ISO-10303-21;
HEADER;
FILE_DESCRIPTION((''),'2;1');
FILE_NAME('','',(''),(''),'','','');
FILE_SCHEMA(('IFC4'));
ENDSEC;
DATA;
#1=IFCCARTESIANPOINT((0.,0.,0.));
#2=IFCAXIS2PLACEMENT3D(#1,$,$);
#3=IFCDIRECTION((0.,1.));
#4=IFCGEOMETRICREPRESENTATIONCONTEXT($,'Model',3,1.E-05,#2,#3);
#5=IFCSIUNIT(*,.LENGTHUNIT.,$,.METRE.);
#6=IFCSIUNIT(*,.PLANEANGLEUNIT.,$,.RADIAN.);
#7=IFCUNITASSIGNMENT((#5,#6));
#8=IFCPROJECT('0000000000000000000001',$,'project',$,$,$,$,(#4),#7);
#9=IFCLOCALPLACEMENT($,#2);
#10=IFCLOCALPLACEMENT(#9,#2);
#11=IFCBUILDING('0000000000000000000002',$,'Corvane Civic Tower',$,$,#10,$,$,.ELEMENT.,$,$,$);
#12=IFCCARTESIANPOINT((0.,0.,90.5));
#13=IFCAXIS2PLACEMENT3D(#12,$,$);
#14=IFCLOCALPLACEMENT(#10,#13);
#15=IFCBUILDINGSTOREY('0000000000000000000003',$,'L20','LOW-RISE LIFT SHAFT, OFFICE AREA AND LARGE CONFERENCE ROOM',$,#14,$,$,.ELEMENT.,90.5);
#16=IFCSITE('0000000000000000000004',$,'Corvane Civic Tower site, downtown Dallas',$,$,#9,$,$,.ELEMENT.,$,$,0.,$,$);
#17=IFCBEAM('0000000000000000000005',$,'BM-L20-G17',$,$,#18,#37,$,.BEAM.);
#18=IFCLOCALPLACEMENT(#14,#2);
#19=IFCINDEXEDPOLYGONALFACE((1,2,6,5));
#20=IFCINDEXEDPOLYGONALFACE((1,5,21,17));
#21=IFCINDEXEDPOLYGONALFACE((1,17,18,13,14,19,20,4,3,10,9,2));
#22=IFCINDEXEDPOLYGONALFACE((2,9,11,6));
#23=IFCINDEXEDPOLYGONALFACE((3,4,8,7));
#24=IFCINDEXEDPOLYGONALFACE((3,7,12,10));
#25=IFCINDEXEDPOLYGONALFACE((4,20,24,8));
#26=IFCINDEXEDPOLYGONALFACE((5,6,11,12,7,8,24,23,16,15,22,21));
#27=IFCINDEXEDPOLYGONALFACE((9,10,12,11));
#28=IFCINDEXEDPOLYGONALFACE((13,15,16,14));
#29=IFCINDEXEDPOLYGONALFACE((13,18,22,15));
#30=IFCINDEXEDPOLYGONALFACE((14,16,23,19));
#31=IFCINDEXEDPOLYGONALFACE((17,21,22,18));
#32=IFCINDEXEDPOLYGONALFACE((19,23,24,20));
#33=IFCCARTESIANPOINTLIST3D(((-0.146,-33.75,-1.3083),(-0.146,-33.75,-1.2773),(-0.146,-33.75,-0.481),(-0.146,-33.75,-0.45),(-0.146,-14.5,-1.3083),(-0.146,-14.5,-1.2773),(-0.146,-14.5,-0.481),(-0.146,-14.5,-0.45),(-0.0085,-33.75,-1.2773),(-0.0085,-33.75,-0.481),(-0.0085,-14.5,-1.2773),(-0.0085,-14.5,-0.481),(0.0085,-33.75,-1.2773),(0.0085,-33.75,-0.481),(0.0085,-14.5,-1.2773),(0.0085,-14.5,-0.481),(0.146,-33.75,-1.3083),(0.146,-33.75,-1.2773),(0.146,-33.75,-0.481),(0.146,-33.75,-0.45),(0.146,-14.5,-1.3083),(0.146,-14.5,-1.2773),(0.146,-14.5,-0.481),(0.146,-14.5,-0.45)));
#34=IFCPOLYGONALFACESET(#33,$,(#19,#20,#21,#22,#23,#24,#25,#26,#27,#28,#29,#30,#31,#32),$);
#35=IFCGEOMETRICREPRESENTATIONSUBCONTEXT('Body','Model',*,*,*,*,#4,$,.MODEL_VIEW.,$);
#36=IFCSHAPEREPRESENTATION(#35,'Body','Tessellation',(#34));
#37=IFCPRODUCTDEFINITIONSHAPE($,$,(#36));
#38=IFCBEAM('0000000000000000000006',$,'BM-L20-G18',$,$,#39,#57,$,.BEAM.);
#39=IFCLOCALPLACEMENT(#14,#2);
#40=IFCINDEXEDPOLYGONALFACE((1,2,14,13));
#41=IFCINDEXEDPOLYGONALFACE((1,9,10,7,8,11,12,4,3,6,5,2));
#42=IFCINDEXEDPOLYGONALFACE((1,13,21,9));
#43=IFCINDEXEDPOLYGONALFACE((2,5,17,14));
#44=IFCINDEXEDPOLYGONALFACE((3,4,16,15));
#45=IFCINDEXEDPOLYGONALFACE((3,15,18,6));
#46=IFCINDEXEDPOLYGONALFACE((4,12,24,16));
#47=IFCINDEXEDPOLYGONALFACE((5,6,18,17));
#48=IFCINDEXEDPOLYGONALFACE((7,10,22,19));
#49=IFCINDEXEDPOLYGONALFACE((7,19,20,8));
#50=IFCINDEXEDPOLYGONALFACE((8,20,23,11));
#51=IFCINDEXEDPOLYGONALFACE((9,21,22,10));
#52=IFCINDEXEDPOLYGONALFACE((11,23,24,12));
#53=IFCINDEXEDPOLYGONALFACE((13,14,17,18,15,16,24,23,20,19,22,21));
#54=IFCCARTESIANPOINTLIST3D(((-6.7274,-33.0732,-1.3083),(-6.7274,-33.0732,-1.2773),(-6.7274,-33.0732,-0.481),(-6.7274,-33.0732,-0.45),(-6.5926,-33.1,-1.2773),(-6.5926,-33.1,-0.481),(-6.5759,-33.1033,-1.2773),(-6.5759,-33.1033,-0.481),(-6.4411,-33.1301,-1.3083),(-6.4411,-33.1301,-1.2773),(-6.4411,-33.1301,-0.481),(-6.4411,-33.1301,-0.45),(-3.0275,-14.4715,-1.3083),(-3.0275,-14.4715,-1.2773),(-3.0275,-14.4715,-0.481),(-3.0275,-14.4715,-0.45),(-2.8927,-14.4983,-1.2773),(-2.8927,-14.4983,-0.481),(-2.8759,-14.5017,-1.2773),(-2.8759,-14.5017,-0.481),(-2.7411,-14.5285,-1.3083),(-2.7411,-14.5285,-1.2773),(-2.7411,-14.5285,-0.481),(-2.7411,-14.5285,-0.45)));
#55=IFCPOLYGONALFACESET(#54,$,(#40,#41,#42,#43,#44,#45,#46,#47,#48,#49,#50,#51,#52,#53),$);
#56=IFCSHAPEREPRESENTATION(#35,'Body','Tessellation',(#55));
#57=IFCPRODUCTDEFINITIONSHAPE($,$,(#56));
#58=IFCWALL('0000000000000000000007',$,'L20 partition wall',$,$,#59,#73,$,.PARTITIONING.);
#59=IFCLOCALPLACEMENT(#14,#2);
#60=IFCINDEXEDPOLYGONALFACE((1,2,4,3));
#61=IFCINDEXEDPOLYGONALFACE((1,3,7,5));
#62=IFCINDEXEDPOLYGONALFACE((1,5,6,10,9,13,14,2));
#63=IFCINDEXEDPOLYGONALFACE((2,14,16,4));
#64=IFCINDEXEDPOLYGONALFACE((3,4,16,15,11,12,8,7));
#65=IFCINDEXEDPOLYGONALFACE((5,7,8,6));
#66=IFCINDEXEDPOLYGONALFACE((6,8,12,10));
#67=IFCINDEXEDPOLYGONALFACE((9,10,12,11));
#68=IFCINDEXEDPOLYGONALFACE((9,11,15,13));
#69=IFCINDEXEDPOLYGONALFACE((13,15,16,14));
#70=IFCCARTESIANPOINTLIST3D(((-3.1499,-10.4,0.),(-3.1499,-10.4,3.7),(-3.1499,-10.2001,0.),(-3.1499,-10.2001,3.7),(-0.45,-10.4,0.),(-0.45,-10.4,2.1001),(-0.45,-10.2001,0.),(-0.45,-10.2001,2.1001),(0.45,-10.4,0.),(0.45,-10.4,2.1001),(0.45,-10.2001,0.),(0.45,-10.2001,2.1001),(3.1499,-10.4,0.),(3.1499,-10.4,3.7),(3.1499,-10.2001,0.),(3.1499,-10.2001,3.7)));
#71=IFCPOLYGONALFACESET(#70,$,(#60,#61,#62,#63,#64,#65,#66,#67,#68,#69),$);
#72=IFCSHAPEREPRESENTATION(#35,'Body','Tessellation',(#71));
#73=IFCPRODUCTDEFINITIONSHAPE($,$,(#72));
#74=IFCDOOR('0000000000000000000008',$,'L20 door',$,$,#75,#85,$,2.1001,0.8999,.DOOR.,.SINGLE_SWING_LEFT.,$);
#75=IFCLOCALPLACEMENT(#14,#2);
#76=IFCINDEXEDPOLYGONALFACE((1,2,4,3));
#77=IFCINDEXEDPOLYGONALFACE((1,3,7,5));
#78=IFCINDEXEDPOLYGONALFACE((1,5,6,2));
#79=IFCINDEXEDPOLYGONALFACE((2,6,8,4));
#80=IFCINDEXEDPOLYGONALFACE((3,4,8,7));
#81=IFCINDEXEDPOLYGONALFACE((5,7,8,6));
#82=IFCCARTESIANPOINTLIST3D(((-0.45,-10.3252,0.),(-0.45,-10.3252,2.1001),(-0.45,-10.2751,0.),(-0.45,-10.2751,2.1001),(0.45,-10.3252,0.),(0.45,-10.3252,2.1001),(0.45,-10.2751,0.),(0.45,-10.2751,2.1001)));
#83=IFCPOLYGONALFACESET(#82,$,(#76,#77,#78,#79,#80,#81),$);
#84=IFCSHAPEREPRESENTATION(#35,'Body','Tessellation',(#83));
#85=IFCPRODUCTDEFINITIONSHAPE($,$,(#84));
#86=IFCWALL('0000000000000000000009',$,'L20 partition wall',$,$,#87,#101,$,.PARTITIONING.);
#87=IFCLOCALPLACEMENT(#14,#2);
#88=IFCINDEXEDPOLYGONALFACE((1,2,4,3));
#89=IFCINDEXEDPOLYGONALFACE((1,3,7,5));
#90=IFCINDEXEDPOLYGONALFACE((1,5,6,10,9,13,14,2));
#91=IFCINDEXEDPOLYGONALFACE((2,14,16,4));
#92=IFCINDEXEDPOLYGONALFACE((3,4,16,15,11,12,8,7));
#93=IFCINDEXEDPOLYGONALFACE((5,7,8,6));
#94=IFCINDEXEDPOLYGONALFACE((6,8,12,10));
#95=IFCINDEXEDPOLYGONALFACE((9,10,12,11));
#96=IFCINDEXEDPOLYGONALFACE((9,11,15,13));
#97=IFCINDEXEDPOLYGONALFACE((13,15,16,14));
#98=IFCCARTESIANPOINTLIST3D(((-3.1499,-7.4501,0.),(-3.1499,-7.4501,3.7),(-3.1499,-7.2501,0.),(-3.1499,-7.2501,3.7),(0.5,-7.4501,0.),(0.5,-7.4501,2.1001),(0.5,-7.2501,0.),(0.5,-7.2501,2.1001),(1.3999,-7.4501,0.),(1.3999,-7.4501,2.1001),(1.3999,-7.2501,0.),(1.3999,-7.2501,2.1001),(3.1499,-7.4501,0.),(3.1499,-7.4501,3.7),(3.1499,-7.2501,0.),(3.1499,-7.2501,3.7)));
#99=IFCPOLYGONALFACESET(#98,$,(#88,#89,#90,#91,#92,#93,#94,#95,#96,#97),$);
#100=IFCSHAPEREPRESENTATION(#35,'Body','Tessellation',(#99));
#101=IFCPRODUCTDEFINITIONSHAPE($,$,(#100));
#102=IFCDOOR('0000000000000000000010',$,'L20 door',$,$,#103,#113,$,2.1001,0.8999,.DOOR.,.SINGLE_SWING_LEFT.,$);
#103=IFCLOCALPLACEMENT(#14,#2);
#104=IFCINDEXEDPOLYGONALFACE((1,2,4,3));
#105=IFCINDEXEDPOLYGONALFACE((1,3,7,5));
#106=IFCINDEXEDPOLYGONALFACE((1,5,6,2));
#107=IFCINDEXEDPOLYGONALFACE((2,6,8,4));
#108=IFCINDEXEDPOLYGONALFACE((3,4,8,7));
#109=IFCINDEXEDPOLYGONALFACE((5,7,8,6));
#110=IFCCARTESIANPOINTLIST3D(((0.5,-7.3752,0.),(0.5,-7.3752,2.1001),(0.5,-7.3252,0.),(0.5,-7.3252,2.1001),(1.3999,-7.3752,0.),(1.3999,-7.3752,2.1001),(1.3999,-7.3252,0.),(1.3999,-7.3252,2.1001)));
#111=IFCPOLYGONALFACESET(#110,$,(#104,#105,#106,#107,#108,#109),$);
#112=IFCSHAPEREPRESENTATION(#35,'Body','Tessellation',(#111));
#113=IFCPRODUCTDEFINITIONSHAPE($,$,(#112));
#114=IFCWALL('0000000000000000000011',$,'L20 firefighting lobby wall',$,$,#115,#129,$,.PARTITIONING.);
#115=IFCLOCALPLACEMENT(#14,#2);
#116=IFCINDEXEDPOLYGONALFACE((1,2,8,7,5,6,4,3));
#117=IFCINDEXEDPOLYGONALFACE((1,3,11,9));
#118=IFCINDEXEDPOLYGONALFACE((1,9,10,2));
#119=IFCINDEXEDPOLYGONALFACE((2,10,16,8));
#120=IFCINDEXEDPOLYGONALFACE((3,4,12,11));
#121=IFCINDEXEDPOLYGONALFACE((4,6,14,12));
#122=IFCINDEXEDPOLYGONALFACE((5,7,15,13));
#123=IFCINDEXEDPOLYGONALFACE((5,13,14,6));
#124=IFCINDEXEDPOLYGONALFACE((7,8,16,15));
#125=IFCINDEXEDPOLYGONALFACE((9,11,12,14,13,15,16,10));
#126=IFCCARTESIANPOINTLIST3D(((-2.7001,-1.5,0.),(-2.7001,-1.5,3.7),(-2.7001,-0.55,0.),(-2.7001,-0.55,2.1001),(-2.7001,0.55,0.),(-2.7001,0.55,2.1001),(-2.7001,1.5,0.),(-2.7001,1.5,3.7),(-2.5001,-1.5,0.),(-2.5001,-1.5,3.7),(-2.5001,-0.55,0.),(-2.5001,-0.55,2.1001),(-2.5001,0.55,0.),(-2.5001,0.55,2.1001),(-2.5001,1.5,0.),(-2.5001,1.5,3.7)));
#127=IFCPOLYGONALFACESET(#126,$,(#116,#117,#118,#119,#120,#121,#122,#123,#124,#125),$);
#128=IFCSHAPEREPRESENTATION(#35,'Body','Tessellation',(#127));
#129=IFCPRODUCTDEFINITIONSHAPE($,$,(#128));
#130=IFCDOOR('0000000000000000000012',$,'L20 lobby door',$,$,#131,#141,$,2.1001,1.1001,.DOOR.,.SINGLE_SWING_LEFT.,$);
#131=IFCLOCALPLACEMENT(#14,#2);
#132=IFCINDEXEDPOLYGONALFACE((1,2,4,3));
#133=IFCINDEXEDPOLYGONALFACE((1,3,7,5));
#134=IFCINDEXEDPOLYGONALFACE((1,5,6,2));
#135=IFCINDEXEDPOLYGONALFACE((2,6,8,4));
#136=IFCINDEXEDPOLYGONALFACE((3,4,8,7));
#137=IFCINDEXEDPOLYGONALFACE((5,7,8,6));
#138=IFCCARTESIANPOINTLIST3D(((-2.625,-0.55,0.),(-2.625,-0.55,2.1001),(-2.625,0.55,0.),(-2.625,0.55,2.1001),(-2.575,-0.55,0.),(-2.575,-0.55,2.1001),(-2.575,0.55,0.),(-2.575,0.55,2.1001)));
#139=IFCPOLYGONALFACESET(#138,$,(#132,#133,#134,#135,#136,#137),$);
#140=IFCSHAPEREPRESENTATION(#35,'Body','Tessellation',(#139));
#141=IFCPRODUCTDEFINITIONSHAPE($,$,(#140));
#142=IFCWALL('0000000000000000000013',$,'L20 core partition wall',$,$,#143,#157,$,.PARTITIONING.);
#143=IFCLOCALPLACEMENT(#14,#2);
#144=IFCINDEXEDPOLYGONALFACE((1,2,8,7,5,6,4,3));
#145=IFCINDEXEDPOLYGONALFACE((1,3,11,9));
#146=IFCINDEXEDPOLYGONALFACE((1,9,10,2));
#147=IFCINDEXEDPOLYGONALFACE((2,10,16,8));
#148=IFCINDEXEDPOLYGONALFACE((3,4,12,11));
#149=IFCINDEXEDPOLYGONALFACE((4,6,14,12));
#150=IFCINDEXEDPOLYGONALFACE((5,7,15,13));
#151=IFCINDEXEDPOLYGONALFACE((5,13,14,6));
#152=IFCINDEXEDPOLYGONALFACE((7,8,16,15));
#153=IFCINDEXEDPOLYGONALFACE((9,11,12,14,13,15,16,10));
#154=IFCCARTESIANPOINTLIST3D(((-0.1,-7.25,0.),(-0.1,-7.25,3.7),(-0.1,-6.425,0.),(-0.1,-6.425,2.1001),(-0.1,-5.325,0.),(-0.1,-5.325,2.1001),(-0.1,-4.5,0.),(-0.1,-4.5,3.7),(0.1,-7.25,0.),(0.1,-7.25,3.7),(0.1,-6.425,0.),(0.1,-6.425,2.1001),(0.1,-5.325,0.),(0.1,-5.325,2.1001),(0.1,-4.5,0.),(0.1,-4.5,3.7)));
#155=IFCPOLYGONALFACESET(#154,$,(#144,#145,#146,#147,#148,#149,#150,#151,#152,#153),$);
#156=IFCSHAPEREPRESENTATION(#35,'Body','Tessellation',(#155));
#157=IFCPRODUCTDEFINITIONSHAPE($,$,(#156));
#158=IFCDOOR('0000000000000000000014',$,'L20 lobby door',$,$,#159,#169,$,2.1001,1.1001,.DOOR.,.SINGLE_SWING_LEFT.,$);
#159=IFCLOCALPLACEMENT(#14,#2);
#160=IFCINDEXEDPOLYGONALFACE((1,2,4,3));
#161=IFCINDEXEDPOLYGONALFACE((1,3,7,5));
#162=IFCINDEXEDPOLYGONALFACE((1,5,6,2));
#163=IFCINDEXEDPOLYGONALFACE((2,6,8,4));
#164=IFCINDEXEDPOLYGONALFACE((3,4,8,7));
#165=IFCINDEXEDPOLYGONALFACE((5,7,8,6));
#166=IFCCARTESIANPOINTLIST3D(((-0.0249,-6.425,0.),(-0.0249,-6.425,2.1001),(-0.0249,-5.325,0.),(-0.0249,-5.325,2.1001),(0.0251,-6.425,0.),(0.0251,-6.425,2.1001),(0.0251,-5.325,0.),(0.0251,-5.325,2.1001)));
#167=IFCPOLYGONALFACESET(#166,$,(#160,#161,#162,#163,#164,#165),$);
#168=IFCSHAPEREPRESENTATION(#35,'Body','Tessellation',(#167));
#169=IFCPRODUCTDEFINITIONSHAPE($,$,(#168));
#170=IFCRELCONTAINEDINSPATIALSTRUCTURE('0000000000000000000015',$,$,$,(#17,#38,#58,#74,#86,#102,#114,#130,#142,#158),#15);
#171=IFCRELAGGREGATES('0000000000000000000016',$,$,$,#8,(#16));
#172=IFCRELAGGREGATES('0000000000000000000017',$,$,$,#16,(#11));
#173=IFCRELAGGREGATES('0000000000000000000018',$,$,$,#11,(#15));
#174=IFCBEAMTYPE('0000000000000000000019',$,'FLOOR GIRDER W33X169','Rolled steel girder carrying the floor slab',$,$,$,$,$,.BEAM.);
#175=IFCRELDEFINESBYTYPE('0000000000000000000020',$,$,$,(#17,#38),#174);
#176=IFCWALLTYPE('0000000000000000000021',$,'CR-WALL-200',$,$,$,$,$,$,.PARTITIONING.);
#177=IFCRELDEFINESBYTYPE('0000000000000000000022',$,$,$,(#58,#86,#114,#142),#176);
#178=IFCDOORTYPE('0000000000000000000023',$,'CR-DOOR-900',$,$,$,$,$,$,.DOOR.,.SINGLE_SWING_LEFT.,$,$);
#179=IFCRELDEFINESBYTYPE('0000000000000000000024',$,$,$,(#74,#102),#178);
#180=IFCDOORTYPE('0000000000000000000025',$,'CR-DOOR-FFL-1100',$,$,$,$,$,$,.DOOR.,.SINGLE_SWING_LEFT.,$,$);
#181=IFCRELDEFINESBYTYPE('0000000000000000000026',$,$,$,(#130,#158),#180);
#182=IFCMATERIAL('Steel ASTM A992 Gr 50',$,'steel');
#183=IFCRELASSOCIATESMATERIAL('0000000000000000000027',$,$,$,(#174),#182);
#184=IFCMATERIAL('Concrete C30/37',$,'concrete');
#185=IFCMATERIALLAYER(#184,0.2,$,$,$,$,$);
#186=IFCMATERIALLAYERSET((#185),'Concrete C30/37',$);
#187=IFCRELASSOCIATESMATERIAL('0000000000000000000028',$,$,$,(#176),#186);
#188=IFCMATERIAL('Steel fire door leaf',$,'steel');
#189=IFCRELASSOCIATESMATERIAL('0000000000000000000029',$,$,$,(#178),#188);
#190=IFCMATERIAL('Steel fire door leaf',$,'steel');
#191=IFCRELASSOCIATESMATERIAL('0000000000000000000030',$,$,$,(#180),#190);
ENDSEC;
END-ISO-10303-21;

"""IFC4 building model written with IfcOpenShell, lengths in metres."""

from ifc_helpers import new_model, si_unit, direction, frame, frame_2d, origin, origin_2d, place, context, subcontext, project, spatial, rectangle, i_section, extrude, material, layer, layer_set, material_profile, profile_set, type_object, element, fill, save


model = new_model("IFC4")

# Units and contexts
model_context = context("Model", 3, precision=1e-05, world=origin(), true_north=direction((0.0, 1.0)))
body_context = subcontext(model_context, "Body", "Model", "MODEL_VIEW")
ifc_project = project(units=[si_unit("LENGTHUNIT", "METRE"), si_unit("PLANEANGLEUNIT", "RADIAN")], contexts=[model_context])

# Site, building, storey
site_placement = place(None, origin())
site = spatial("IfcSite", under=ifc_project, at=site_placement, Name="Corvane Civic Tower site, downtown Dallas", CompositionType="ELEMENT", RefElevation=0.0)
building_placement = place(site_placement, origin())
building = spatial("IfcBuilding", under=site, at=building_placement, Name="Corvane Civic Tower", CompositionType="ELEMENT")
storey_placement = place(building_placement, frame((0.0, 0.0, 90.5)))
storey = spatial("IfcBuildingStorey", under=building, at=storey_placement, Name="L20", Description="LOW-RISE LIFT SHAFT, OFFICE AREA AND LARGE CONFERENCE ROOM", CompositionType="ELEMENT", Elevation=90.5)

# Beams
ifc_material_1 = material(Name="Steel ASTM A992 Gr 50", Category="steel")
ifc_material_profile = material_profile(ifc_material_1, i_section(OverallWidth=0.292, OverallDepth=0.8584, WebThickness=0.0171, FlangeThickness=0.031, at=origin_2d()), Name="W33X169")
ifc_profile_set = profile_set([ifc_material_profile], Name="Steel ASTM A992 Gr 50")
beam_type = type_object("IfcBeamType", Name="FLOOR GIRDER W33X169", Description="Rolled steel girder carrying the floor slab", PredefinedType="BEAM", material=ifc_profile_set)
beam_1_placement = place(storey_placement, frame((0.0, -14.5, -0.8792), z_axis=(0.0, -1.0, 0.0), x_axis=(1.0, 0.0, 0.0)))
element("IfcBeam", 1, at=beam_1_placement, inside=storey, type_object=beam_type, Name="BM-L20-G17", PredefinedType="BEAM", context=body_context, shape_type="SweptSolid", body=[
    extrude(i_section(OverallWidth=0.292, OverallDepth=0.8584, WebThickness=0.0171, FlangeThickness=0.031, at=origin_2d()), origin(), (0.0, 0.0, 1.0), 19.25),
])
beam_2_placement = place(storey_placement, frame((-2.8843, -14.5, -0.8792), z_axis=(-0.195084, -0.980787, 0.0), x_axis=(0.980787, -0.195084, 0.0)))
element("IfcBeam", 2, at=beam_2_placement, inside=storey, type_object=beam_type, Name="BM-L20-G18", PredefinedType="BEAM", context=body_context, shape_type="SweptSolid", body=[
    extrude(i_section(OverallWidth=0.292, OverallDepth=0.8584, WebThickness=0.0171, FlangeThickness=0.031, at=origin_2d()), origin(), (0.0, 0.0, 1.0), 18.9661),
])

# Walls, openings, doors
ifc_material_2 = material(Name="Concrete C30/37", Category="concrete")
ifc_layer = layer(ifc_material_2, 0.2)
ifc_layer_set = layer_set([ifc_layer], Name="Concrete C30/37")
wall_type = type_object("IfcWallType", Name="CR-WALL-200", PredefinedType="PARTITIONING", material=ifc_layer_set)
wall_1_placement = place(storey_placement, frame((-3.1499, -10.3, 0.0), z_axis=(0.0, 0.0, 1.0), x_axis=(1.0, 0.0, 0.0)))
wall_1 = element("IfcWall", 3, at=wall_1_placement, inside=storey, type_object=wall_type, Name="L20 partition wall", PredefinedType="PARTITIONING", context=body_context, shape_type="SweptSolid", body=[
    extrude(rectangle(XDim=6.2998, YDim=0.2, at=frame_2d((3.1499, 0.0))), origin(), (0.0, 0.0, 1.0), 3.7),
])
opening_1_placement = place(wall_1_placement, frame((2.7, 0.0, 0.0)))
opening_1 = element("IfcOpeningElement", 4, at=opening_1_placement, cuts=wall_1, PredefinedType="OPENING", context=body_context, shape_type="SweptSolid", body=[
    extrude(rectangle(XDim=0.8999, YDim=2.1001, at=frame_2d((0.45, 1.05))), frame((0.0, 0.1099, 0.0), z_axis=(0.0, -1.0, 0.0), x_axis=(1.0, 0.0, 0.0)), (0.0, 0.0, 1.0), 0.22),
])
ifc_material_3 = material(Name="Steel fire door leaf", Category="steel")
door_type_1 = type_object("IfcDoorType", Name="CR-DOOR-900", OperationType="SINGLE_SWING_LEFT", PredefinedType="DOOR", material=ifc_material_3)
door_1_placement = place(opening_1_placement, origin())
door_1 = element("IfcDoor", 5, at=door_1_placement, inside=storey, type_object=door_type_1, Name="L20 door", OperationType="SINGLE_SWING_LEFT", OverallHeight=2.1001, OverallWidth=0.8999, PredefinedType="DOOR", context=body_context, shape_type="SweptSolid", body=[
    extrude(rectangle(XDim=0.8999, YDim=2.1001, at=frame_2d((0.45, 1.05))), frame((0.0, 0.0249, 0.0), z_axis=(0.0, -1.0, 0.0), x_axis=(1.0, 0.0, 0.0)), (0.0, 0.0, 1.0), 0.05),
])
fill(opening_1, door_1)
wall_2_placement = place(storey_placement, frame((-3.1499, -7.3501, 0.0), z_axis=(0.0, 0.0, 1.0), x_axis=(1.0, 0.0, 0.0)))
wall_2 = element("IfcWall", 6, at=wall_2_placement, inside=storey, type_object=wall_type, Name="L20 partition wall", PredefinedType="PARTITIONING", context=body_context, shape_type="SweptSolid", body=[
    extrude(rectangle(XDim=6.2998, YDim=0.2, at=frame_2d((3.1499, 0.0))), origin(), (0.0, 0.0, 1.0), 3.7),
])
opening_2_placement = place(wall_2_placement, frame((3.6499, 0.0, 0.0)))
opening_2 = element("IfcOpeningElement", 7, at=opening_2_placement, cuts=wall_2, PredefinedType="OPENING", context=body_context, shape_type="SweptSolid", body=[
    extrude(rectangle(XDim=0.8999, YDim=2.1001, at=frame_2d((0.45, 1.05))), frame((0.0, 0.1099, 0.0), z_axis=(0.0, -1.0, 0.0), x_axis=(1.0, 0.0, 0.0)), (0.0, 0.0, 1.0), 0.22),
])
door_2_placement = place(opening_2_placement, origin())
door_2 = element("IfcDoor", 8, at=door_2_placement, inside=storey, type_object=door_type_1, Name="L20 door", OperationType="SINGLE_SWING_LEFT", OverallHeight=2.1001, OverallWidth=0.8999, PredefinedType="DOOR", context=body_context, shape_type="SweptSolid", body=[
    extrude(rectangle(XDim=0.8999, YDim=2.1001, at=frame_2d((0.45, 1.05))), frame((0.0, 0.0249, 0.0), z_axis=(0.0, -1.0, 0.0), x_axis=(1.0, 0.0, 0.0)), (0.0, 0.0, 1.0), 0.05),
])
fill(opening_2, door_2)
wall_3_placement = place(storey_placement, frame((-2.6001, -1.5, 0.0), z_axis=(0.0, 0.0, 1.0), x_axis=(0.0, 1.0, 0.0)))
wall_3 = element("IfcWall", 9, at=wall_3_placement, inside=storey, type_object=wall_type, Name="L20 firefighting lobby wall", PredefinedType="PARTITIONING", context=body_context, shape_type="SweptSolid", body=[
    extrude(rectangle(XDim=3.0, YDim=0.2, at=frame_2d((1.5, 0.0))), origin(), (0.0, 0.0, 1.0), 3.7),
])
opening_3_placement = place(wall_3_placement, frame((0.95, 0.0, 0.0)))
opening_3 = element("IfcOpeningElement", 10, at=opening_3_placement, cuts=wall_3, PredefinedType="OPENING", context=body_context, shape_type="SweptSolid", body=[
    extrude(rectangle(XDim=1.1001, YDim=2.1001, at=frame_2d((0.55, 1.05))), frame((0.0, 0.1099, 0.0), z_axis=(0.0, -1.0, 0.0), x_axis=(1.0, 0.0, 0.0)), (0.0, 0.0, 1.0), 0.22),
])
ifc_material_4 = material(Name="Steel fire door leaf", Category="steel")
door_type_2 = type_object("IfcDoorType", Name="CR-DOOR-FFL-1100", OperationType="SINGLE_SWING_LEFT", PredefinedType="DOOR", material=ifc_material_4)
door_3_placement = place(opening_3_placement, origin())
door_3 = element("IfcDoor", 11, at=door_3_placement, inside=storey, type_object=door_type_2, Name="L20 lobby door", OperationType="SINGLE_SWING_LEFT", OverallHeight=2.1001, OverallWidth=1.1001, PredefinedType="DOOR", context=body_context, shape_type="SweptSolid", body=[
    extrude(rectangle(XDim=1.1001, YDim=2.1001, at=frame_2d((0.55, 1.05))), frame((0.0, 0.0249, 0.0), z_axis=(0.0, -1.0, 0.0), x_axis=(1.0, 0.0, 0.0)), (0.0, 0.0, 1.0), 0.05),
])
fill(opening_3, door_3)
wall_4_placement = place(storey_placement, frame((0.0, -7.25, 0.0), z_axis=(0.0, 0.0, 1.0), x_axis=(0.0, 1.0, 0.0)))
wall_4 = element("IfcWall", 12, at=wall_4_placement, inside=storey, type_object=wall_type, Name="L20 core partition wall", PredefinedType="PARTITIONING", context=body_context, shape_type="SweptSolid", body=[
    extrude(rectangle(XDim=2.75, YDim=0.2, at=frame_2d((1.375, 0.0))), origin(), (0.0, 0.0, 1.0), 3.7),
])
opening_4_placement = place(wall_4_placement, frame((0.825, 0.0, 0.0)))
opening_4 = element("IfcOpeningElement", 13, at=opening_4_placement, cuts=wall_4, PredefinedType="OPENING", context=body_context, shape_type="SweptSolid", body=[
    extrude(rectangle(XDim=1.1001, YDim=2.1001, at=frame_2d((0.55, 1.05))), frame((0.0, 0.1099, 0.0), z_axis=(0.0, -1.0, 0.0), x_axis=(1.0, 0.0, 0.0)), (0.0, 0.0, 1.0), 0.22),
])
door_4_placement = place(opening_4_placement, origin())
door_4 = element("IfcDoor", 14, at=door_4_placement, inside=storey, type_object=door_type_2, Name="L20 lobby door", OperationType="SINGLE_SWING_LEFT", OverallHeight=2.1001, OverallWidth=1.1001, PredefinedType="DOOR", context=body_context, shape_type="SweptSolid", body=[
    extrude(rectangle(XDim=1.1001, YDim=2.1001, at=frame_2d((0.55, 1.05))), frame((0.0, 0.0249, 0.0), z_axis=(0.0, -1.0, 0.0), x_axis=(1.0, 0.0, 0.0)), (0.0, 0.0, 1.0), 0.05),
])
fill(opening_4, door_4)

save(model, "model.ifc")
